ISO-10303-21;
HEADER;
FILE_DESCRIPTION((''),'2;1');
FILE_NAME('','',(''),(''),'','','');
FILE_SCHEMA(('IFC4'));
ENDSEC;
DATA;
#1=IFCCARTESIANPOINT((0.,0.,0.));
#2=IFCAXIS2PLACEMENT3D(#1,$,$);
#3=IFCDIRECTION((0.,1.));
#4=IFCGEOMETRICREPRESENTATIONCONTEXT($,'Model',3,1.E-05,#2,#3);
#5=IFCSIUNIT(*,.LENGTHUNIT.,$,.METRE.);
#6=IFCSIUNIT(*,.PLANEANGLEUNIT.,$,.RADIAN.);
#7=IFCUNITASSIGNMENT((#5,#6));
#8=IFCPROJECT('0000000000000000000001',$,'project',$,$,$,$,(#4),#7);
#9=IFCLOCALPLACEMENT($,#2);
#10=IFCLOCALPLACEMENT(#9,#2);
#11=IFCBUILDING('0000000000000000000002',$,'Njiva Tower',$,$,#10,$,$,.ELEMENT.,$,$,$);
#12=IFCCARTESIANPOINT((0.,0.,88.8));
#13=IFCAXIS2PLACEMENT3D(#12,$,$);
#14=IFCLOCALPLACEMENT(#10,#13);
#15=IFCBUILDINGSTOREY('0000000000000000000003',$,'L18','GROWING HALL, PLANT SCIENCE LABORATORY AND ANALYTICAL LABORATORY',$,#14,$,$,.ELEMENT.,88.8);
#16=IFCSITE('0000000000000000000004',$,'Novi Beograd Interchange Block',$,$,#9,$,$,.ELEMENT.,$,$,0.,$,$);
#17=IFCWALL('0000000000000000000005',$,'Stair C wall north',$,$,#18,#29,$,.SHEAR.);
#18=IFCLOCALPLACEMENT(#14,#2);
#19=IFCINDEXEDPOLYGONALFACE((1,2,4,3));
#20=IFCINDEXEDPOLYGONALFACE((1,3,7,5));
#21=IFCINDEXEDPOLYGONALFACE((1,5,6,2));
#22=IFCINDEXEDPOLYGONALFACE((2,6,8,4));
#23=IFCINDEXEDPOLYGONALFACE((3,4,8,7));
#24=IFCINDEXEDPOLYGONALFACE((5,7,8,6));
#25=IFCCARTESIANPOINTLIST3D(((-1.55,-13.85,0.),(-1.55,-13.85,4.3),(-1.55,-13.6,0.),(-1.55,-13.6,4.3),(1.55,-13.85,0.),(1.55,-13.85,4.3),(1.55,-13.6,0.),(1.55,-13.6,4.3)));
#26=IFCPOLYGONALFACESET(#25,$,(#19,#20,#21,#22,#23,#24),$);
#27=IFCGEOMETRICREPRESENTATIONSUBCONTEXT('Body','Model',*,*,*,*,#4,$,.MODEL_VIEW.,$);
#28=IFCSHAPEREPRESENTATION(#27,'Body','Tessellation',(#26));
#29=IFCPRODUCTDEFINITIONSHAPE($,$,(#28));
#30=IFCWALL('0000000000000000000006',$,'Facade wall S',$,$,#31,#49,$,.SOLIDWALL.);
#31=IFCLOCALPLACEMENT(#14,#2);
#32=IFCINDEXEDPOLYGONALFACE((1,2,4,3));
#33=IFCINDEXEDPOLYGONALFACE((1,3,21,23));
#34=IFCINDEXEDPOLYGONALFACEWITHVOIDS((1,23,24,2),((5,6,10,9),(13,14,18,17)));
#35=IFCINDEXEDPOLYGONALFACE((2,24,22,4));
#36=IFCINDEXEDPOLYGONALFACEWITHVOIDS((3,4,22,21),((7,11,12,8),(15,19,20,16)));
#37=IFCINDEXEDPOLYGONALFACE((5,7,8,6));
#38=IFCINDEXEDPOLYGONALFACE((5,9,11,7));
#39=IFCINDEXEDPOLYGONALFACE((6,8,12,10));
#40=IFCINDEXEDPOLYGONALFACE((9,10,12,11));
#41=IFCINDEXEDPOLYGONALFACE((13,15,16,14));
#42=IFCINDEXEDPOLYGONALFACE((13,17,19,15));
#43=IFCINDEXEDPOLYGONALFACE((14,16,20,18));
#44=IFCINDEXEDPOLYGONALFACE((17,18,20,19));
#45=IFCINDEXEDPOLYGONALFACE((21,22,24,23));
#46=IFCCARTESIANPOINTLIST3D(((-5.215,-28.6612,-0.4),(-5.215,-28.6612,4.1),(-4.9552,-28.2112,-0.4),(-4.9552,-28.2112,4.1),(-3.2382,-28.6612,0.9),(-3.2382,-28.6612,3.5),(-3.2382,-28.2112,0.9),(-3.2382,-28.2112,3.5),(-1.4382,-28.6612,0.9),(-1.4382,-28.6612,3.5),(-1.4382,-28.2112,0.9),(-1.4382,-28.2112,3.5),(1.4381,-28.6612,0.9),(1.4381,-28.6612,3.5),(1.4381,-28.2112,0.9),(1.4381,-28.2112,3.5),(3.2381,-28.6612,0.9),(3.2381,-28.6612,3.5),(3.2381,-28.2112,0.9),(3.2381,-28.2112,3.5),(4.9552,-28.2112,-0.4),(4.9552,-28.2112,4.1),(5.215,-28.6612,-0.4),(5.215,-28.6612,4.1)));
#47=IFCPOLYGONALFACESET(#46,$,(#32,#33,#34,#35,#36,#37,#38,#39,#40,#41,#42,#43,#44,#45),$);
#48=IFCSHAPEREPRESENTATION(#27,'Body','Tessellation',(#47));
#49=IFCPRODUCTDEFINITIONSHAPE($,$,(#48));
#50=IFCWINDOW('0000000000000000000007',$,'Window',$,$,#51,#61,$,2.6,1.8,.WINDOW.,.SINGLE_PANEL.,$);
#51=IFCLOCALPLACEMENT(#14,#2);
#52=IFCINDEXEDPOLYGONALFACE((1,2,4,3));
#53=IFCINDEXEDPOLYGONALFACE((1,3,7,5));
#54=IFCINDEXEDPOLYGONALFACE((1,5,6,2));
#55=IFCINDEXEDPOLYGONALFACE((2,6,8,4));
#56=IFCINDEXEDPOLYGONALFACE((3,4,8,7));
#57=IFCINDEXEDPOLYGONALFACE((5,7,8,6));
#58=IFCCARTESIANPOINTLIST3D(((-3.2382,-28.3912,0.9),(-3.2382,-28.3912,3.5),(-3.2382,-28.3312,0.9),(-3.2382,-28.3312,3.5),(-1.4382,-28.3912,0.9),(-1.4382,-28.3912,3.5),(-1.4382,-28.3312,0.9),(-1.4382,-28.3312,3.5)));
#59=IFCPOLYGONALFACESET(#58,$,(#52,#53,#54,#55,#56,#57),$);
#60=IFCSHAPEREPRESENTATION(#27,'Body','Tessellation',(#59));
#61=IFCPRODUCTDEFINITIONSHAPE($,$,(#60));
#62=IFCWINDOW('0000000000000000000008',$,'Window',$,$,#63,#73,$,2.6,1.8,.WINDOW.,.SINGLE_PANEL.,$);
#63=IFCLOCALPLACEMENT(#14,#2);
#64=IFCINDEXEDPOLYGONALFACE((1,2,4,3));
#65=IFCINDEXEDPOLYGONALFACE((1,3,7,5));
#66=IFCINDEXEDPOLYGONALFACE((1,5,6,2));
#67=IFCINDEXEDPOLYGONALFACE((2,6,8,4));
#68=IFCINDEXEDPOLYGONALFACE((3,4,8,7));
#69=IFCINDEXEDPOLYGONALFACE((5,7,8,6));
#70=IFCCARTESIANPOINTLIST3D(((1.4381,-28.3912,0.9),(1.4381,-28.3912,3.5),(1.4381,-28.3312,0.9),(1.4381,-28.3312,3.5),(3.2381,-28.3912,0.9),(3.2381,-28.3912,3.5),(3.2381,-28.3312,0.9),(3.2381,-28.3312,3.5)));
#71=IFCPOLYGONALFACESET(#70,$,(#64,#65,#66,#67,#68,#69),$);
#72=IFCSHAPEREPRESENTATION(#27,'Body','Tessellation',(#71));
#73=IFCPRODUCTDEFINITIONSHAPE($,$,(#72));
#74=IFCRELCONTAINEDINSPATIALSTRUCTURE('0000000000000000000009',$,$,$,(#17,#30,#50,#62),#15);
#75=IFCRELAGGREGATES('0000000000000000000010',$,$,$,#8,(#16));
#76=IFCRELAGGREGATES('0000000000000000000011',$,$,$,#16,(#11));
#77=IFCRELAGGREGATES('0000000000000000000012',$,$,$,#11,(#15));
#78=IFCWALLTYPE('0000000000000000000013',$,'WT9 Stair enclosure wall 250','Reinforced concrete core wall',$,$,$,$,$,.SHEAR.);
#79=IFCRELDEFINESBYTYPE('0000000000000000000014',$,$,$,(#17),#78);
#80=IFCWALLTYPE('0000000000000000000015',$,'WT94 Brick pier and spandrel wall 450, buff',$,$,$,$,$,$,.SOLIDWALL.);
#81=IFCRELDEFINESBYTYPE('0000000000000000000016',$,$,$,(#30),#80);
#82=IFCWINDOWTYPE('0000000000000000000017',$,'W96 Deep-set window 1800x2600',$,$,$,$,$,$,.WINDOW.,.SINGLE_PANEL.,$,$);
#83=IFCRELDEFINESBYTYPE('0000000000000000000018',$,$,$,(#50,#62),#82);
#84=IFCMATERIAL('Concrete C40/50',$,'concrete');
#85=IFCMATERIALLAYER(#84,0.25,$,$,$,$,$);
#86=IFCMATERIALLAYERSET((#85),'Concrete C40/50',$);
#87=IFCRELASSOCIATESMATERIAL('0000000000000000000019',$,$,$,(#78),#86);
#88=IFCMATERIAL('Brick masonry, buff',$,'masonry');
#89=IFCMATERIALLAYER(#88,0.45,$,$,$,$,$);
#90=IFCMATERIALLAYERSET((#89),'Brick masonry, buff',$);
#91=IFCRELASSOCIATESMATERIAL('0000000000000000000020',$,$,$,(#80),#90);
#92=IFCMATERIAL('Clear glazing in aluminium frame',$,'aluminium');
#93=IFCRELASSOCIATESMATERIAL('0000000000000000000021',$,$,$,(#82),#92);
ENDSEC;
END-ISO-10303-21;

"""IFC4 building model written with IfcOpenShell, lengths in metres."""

from ifc_helpers import new_model, si_unit, direction, frame, frame_2d, origin, place, context, subcontext, project, spatial, polyline, rectangle, outline, extrude, material, layer, layer_set, type_object, element, fill, save


model = new_model("IFC4")

# Units and contexts
model_context = context("Model", 3, precision=1e-05, world=origin(), true_north=direction((0.0, 1.0)))
body_context = subcontext(model_context, "Body", "Model", "MODEL_VIEW")
ifc_project = project(units=[si_unit("LENGTHUNIT", "METRE"), si_unit("PLANEANGLEUNIT", "RADIAN")], contexts=[model_context])

# Site, building, storey
site_placement = place(None, origin())
site = spatial("IfcSite", under=ifc_project, at=site_placement, Name="Novi Beograd Interchange Block", CompositionType="ELEMENT", RefElevation=0.0)
building_placement = place(site_placement, origin())
building = spatial("IfcBuilding", under=site, at=building_placement, Name="Njiva Tower", CompositionType="ELEMENT")
storey_placement = place(building_placement, frame((0.0, 0.0, 88.8)))
storey = spatial("IfcBuildingStorey", under=building, at=storey_placement, Name="L18", Description="GROWING HALL, PLANT SCIENCE LABORATORY AND ANALYTICAL LABORATORY", CompositionType="ELEMENT", Elevation=88.8)

# Wall
ifc_material_1 = material(Name="Concrete C40/50", Category="concrete")
ifc_layer_1 = layer(ifc_material_1, 0.25)
ifc_layer_set_1 = layer_set([ifc_layer_1], Name="Concrete C40/50")
wall_type_1 = type_object("IfcWallType", Name="WT9 Stair enclosure wall 250", Description="Reinforced concrete core wall", PredefinedType="SHEAR", material=ifc_layer_set_1)
for number, where, z_axis, x_axis, name in (
    (1, (-1.55, -13.725, 0.0), (0.0, 0.0, 1.0), (1.0, 0.0, 0.0), "Stair C wall north"),
):
    element("IfcWall", number, at=place(storey_placement, frame(where, z_axis=z_axis, x_axis=x_axis)), inside=storey, type_object=wall_type_1, Name=name, PredefinedType="SHEAR", context=body_context, shape_type="SweptSolid", body=[
        extrude(rectangle(XDim=3.1, YDim=0.25, at=frame_2d((1.55, 0.0))), origin(), (0.0, 0.0, 1.0), 4.3),
    ])

# Wall, openings, windows
ifc_material_2 = material(Name="Brick masonry, buff", Category="masonry")
ifc_layer_2 = layer(ifc_material_2, 0.45)
ifc_layer_set_2 = layer_set([ifc_layer_2], Name="Brick masonry, buff")
wall_type_2 = type_object("IfcWallType", Name="WT94 Brick pier and spandrel wall 450, buff", PredefinedType="SOLIDWALL", material=ifc_layer_set_2)
wall_1_placement = place(storey_placement, frame((-5.0851, -28.4362, -0.4), z_axis=(0.0, 0.0, 1.0), x_axis=(1.0, 0.0, 0.0)))
wall_1 = element("IfcWall", 2, at=wall_1_placement, inside=storey, type_object=wall_type_2, Name="Facade wall S", PredefinedType="SOLIDWALL", context=body_context, shape_type="SweptSolid", body=[
    extrude(outline(polyline([(-0.1299, -0.225), (10.3001, -0.225), (10.0403, 0.225), (0.1299, 0.225), (-0.1299, -0.225)])), origin(), (0.0, 0.0, 1.0), 4.5),
])
opening_1_placement = place(wall_1_placement, frame((1.8469, 0.0, 1.3)))
opening_1 = element("IfcOpeningElement", 3, at=opening_1_placement, cuts=wall_1, PredefinedType="OPENING", context=body_context, shape_type="SweptSolid", body=[
    extrude(rectangle(XDim=1.8, YDim=2.6, at=frame_2d((0.9, 1.3))), frame((0.0, 0.235, 0.0), z_axis=(0.0, -1.0, 0.0), x_axis=(1.0, 0.0, 0.0)), (0.0, 0.0, 1.0), 0.47),
])
opening_2_placement = place(wall_1_placement, frame((6.5232, 0.0, 1.3)))
opening_2 = element("IfcOpeningElement", 4, at=opening_2_placement, cuts=wall_1, PredefinedType="OPENING", context=body_context, shape_type="SweptSolid", body=[
    extrude(rectangle(XDim=1.8, YDim=2.6, at=frame_2d((0.9, 1.3))), frame((0.0, 0.235, 0.0), z_axis=(0.0, -1.0, 0.0), x_axis=(1.0, 0.0, 0.0)), (0.0, 0.0, 1.0), 0.47),
])
ifc_material_3 = material(Name="Clear glazing in aluminium frame", Category="aluminium")
window_type = type_object("IfcWindowType", Name="W96 Deep-set window 1800x2600", PartitioningType="SINGLE_PANEL", PredefinedType="WINDOW", material=ifc_material_3)
window_1_placement = place(opening_1_placement, origin())
window_1 = element("IfcWindow", 5, at=window_1_placement, inside=storey, type_object=window_type, Name="Window", OverallHeight=2.6, OverallWidth=1.8, PartitioningType="SINGLE_PANEL", PredefinedType="WINDOW", context=body_context, shape_type="SweptSolid", body=[
    extrude(rectangle(XDim=1.8, YDim=2.6, at=frame_2d((0.9, 1.3))), frame((0.0, 0.105, 0.0), z_axis=(0.0, -1.0, 0.0), x_axis=(1.0, 0.0, 0.0)), (0.0, 0.0, 1.0), 0.06),
])
fill(opening_1, window_1)
window_2_placement = place(opening_2_placement, origin())
window_2 = element("IfcWindow", 6, at=window_2_placement, inside=storey, type_object=window_type, Name="Window", OverallHeight=2.6, OverallWidth=1.8, PartitioningType="SINGLE_PANEL", PredefinedType="WINDOW", context=body_context, shape_type="SweptSolid", body=[
    extrude(rectangle(XDim=1.8, YDim=2.6, at=frame_2d((0.9, 1.3))), frame((0.0, 0.105, 0.0), z_axis=(0.0, -1.0, 0.0), x_axis=(1.0, 0.0, 0.0)), (0.0, 0.0, 1.0), 0.06),
])
fill(opening_2, window_2)

save(model, "model.ifc")
